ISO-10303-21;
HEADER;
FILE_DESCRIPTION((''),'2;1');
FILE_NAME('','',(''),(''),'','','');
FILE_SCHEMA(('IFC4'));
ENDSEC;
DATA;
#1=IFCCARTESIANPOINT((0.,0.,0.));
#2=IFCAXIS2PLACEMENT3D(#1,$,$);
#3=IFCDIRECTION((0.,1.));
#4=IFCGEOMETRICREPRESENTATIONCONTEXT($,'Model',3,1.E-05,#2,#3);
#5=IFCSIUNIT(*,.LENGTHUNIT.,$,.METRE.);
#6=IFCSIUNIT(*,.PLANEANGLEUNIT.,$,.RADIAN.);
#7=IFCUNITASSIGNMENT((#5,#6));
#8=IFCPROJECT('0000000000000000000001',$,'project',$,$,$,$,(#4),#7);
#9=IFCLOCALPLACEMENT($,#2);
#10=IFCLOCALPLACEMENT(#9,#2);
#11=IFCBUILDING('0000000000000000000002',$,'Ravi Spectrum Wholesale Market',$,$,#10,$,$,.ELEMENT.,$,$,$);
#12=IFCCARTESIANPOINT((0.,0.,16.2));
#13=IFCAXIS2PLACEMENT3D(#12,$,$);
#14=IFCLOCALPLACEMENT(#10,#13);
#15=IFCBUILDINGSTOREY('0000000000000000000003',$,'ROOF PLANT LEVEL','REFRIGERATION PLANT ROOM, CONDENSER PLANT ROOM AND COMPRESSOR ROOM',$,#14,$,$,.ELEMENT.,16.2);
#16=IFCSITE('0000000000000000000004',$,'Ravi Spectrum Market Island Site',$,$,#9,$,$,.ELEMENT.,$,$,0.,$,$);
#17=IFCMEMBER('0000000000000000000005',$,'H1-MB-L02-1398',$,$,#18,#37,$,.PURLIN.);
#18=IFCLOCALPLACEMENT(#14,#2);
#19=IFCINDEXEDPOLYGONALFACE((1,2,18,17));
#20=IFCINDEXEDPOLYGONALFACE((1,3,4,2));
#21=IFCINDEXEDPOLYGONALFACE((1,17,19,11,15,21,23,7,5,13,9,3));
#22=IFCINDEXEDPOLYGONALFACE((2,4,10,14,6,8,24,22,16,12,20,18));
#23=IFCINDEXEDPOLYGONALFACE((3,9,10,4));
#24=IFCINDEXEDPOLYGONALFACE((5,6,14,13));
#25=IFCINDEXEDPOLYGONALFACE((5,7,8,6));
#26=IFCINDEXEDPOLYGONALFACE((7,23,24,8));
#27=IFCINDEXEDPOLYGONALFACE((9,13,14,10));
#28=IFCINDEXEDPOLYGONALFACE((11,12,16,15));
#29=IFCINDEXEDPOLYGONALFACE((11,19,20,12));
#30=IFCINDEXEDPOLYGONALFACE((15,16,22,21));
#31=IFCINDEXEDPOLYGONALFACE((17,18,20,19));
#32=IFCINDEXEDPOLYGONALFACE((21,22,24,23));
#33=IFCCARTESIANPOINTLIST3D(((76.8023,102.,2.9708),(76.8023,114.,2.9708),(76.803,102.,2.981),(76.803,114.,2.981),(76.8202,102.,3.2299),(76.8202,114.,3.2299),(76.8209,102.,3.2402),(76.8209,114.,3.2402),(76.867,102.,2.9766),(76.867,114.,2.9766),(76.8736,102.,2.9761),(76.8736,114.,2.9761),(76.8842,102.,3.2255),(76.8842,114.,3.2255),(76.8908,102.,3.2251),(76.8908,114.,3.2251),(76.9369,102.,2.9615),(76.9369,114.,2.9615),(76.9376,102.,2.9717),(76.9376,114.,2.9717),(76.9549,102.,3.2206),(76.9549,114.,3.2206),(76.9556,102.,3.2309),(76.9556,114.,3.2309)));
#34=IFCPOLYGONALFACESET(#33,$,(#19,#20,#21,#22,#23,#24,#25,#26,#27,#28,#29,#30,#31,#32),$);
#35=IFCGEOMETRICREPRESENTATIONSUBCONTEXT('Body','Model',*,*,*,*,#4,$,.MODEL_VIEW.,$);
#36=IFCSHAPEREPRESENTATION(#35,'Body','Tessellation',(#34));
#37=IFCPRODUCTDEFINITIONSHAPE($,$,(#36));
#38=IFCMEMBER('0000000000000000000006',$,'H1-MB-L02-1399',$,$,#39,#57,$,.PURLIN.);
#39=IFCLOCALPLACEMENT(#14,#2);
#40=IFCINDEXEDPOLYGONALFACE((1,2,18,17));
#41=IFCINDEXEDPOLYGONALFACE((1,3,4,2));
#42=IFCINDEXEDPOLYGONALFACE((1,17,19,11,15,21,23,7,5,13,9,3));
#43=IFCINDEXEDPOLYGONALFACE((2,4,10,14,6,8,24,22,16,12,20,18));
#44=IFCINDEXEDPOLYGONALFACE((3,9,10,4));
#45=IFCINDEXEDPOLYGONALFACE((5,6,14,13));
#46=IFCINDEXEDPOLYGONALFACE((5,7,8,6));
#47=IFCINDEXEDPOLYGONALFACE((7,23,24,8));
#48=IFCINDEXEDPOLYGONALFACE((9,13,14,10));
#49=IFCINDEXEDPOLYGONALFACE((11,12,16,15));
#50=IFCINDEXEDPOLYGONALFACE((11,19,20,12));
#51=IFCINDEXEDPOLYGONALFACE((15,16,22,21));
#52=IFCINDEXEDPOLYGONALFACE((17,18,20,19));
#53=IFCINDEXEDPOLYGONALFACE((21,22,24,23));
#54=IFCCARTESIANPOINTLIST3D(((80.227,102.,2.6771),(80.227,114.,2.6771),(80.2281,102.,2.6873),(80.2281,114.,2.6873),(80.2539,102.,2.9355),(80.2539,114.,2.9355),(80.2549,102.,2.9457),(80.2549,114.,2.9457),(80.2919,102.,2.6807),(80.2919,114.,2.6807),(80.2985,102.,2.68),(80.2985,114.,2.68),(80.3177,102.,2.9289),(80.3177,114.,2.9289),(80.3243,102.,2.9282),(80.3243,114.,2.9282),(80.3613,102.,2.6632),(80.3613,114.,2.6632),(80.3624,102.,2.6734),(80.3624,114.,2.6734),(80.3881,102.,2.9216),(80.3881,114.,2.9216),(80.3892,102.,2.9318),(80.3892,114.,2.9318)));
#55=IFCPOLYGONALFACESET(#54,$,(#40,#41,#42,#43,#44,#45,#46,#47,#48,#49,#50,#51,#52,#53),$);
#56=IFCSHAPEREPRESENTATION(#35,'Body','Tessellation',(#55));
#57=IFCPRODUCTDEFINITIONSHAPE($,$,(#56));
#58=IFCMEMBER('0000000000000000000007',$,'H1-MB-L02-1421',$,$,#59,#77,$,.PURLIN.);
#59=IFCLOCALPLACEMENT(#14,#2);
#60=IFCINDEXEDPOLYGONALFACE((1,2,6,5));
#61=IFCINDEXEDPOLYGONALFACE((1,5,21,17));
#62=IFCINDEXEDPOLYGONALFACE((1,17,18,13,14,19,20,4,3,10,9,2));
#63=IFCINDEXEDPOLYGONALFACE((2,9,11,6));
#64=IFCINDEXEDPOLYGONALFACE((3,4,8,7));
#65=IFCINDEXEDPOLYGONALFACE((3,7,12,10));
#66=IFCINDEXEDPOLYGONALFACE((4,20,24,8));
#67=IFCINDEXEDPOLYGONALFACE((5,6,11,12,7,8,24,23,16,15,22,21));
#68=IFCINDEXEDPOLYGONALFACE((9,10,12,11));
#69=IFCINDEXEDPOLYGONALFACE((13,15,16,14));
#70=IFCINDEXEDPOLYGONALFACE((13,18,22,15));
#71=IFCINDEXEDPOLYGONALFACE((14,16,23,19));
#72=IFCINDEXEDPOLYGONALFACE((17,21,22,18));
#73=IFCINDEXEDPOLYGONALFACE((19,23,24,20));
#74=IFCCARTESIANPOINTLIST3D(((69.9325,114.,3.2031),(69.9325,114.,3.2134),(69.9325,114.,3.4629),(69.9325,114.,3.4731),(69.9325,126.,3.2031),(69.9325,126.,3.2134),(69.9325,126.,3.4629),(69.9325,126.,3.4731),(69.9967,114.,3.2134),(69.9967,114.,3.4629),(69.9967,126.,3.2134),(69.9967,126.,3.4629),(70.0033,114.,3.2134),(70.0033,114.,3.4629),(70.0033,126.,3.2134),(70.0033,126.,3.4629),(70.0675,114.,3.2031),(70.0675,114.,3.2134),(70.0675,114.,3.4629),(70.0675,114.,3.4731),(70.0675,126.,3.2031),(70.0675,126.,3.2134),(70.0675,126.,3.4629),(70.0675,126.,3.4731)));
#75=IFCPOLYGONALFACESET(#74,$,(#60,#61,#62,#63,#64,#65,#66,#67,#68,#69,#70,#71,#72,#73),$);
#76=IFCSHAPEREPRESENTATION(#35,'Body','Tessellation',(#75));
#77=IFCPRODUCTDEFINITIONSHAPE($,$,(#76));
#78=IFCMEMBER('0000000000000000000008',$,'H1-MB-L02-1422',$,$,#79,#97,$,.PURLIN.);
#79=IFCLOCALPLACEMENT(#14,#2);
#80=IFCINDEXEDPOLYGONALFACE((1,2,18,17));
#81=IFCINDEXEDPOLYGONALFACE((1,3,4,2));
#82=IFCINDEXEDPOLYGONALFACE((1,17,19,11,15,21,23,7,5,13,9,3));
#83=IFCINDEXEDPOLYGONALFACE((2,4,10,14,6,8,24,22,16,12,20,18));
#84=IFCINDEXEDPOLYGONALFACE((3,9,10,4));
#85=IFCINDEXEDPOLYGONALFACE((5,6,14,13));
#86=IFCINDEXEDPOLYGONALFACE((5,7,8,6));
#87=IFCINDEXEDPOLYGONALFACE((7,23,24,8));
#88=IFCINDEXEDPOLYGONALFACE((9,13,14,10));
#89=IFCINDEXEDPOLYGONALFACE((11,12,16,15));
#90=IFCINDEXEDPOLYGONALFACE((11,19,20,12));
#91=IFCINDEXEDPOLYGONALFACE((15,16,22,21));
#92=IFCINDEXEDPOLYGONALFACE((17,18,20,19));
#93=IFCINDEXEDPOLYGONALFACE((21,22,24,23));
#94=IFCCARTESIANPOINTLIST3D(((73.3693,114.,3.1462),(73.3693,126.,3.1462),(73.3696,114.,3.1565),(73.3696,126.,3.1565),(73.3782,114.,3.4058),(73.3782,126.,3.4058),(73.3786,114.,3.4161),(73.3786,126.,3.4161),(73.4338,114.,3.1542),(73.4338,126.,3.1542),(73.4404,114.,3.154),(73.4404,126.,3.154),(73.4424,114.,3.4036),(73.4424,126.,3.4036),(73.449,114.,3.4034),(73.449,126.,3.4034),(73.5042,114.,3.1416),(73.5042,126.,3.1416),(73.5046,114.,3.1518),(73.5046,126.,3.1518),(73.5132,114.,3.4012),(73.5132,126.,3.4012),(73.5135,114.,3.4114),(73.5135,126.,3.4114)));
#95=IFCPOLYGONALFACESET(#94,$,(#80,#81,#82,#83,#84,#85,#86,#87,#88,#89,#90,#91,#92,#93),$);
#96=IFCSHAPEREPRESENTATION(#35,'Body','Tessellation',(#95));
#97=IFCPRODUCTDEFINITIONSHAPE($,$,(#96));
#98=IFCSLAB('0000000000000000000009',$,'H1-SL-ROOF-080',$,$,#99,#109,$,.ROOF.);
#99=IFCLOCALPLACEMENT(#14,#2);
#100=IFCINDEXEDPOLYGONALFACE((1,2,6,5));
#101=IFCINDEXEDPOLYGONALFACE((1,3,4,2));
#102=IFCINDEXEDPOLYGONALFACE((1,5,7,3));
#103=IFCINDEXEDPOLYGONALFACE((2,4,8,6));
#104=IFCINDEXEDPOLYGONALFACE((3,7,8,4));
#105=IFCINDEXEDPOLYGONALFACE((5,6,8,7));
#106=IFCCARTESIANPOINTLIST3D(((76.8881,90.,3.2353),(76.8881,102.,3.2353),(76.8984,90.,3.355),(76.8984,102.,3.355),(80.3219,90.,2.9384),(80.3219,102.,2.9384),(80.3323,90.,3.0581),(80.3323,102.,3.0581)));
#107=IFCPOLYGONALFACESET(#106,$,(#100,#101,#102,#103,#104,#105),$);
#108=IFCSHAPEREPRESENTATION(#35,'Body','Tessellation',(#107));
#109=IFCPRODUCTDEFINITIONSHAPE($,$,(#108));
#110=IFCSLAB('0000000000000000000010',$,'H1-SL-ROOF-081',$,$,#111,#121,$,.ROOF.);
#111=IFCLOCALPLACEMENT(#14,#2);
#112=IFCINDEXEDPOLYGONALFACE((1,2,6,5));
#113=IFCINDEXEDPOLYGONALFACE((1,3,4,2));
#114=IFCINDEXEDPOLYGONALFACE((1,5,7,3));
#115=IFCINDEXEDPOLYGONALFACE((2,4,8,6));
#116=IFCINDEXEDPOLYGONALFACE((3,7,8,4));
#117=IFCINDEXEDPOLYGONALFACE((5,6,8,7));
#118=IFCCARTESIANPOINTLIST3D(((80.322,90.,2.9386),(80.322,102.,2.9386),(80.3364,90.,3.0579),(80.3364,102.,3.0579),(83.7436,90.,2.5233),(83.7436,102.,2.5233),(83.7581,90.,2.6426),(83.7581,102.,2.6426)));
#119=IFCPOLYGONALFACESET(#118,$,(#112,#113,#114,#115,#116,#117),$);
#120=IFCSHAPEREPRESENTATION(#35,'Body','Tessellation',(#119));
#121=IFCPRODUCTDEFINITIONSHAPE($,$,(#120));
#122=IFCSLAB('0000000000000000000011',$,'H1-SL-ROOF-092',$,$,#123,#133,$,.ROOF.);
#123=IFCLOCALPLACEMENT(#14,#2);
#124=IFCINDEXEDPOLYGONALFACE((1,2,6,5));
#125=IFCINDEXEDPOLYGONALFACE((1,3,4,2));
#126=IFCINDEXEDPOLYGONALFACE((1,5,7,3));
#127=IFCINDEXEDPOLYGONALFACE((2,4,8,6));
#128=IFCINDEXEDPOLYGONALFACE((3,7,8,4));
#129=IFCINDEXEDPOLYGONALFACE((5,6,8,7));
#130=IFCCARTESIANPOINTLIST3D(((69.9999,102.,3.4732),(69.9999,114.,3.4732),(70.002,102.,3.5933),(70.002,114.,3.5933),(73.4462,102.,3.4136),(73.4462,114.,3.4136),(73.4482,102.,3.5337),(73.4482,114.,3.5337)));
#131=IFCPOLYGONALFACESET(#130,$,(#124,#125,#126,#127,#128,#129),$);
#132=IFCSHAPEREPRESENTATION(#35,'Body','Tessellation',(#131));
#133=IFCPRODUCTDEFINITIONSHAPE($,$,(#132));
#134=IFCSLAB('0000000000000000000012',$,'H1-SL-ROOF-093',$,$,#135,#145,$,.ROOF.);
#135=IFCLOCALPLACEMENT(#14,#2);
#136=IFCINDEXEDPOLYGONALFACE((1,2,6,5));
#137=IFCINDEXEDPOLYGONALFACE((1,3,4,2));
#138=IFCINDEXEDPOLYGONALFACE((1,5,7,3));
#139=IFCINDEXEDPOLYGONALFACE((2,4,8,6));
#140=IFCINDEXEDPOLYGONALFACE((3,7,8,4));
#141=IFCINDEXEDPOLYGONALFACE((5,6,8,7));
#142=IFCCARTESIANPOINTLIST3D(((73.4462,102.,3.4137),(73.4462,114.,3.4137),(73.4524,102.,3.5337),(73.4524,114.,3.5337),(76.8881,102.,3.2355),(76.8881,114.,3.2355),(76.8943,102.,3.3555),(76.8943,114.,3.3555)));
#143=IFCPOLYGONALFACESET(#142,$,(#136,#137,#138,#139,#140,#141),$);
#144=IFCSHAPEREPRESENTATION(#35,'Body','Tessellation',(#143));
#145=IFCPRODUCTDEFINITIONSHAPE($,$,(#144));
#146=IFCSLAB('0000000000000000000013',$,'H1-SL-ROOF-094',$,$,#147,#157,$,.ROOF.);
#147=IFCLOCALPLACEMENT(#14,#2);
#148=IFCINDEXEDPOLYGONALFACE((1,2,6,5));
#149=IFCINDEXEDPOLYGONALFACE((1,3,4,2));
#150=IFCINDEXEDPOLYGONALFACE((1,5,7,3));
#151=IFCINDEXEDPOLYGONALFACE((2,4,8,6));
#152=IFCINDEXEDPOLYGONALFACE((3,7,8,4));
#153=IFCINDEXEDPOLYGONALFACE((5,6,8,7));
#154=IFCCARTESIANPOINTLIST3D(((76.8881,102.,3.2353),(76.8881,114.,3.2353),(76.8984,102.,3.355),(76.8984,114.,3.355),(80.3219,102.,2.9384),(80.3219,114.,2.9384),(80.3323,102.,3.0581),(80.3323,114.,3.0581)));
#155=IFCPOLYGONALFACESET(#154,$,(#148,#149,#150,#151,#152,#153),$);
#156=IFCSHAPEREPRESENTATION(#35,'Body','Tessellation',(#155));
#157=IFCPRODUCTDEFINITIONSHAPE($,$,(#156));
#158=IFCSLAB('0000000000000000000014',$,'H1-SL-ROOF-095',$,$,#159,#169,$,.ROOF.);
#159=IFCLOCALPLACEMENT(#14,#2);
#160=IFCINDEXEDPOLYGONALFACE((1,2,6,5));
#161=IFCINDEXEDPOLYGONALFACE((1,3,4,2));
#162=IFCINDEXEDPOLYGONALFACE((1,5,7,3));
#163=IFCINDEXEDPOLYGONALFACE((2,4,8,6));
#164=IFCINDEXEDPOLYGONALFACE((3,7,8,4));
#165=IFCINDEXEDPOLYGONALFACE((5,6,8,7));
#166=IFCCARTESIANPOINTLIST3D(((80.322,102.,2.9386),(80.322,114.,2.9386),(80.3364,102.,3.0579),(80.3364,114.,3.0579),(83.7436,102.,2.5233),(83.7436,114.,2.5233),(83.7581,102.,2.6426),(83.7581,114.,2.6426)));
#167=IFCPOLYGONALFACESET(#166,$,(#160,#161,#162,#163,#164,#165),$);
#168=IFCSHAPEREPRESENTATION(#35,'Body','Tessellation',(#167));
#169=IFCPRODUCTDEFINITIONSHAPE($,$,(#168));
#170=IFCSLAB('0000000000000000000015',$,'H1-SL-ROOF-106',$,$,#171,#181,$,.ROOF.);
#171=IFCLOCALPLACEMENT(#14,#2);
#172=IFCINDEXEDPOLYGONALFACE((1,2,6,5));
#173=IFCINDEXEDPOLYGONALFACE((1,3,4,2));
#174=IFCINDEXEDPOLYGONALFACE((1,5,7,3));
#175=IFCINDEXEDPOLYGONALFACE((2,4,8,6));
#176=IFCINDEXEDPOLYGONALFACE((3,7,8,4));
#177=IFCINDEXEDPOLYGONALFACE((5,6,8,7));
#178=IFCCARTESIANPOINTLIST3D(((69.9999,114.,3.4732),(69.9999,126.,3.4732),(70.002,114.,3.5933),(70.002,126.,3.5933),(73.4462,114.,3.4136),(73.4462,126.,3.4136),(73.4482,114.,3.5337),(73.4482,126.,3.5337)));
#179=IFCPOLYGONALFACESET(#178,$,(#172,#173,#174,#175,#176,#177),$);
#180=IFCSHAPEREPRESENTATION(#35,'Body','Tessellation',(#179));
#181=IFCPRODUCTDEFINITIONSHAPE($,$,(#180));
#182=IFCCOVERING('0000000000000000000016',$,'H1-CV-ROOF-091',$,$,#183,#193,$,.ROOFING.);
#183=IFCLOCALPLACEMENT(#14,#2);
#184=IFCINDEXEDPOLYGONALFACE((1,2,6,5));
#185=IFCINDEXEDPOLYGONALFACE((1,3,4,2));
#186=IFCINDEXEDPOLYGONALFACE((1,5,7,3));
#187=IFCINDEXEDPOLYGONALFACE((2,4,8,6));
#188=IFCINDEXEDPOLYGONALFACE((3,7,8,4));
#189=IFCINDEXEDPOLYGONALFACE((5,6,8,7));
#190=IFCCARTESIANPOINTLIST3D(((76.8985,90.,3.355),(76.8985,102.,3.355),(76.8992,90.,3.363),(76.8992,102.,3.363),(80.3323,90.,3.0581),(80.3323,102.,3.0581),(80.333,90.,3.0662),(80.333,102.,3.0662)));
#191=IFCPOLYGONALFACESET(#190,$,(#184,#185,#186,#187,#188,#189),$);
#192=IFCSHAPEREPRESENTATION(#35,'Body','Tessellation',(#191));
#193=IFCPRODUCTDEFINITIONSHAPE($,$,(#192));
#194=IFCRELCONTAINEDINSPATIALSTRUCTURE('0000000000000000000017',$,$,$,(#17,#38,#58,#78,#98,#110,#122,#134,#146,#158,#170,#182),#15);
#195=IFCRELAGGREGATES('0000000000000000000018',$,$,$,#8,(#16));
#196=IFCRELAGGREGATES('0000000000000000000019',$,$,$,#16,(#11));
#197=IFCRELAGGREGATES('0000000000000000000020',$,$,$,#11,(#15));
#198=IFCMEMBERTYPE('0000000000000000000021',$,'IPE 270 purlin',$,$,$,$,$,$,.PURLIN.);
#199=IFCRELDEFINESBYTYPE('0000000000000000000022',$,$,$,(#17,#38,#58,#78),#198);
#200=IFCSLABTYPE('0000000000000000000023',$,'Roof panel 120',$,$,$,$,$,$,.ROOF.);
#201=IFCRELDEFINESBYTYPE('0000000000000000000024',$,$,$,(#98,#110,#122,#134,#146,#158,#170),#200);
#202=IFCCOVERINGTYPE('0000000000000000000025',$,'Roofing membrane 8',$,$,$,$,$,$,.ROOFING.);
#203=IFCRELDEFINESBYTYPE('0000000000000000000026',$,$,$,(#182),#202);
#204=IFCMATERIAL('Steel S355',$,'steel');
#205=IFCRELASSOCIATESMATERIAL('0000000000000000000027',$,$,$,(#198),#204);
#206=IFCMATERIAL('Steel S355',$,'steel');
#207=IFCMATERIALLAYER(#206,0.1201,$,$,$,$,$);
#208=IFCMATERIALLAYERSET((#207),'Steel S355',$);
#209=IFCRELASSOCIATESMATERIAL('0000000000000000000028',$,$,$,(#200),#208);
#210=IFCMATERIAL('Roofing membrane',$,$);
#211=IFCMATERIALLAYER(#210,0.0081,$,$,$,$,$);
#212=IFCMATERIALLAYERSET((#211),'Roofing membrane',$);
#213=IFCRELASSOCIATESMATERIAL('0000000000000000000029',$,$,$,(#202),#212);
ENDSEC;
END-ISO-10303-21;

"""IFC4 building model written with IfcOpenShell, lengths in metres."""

from ifc_helpers import new_model, si_unit, direction, frame, origin, origin_2d, place, context, subcontext, project, spatial, polyline, i_section, outline, extrude, material, layer, layer_set, material_profile, profile_set, type_object, element, save


model = new_model("IFC4")

# Units and contexts
model_context = context("Model", 3, precision=1e-05, world=origin(), true_north=direction((0.0, 1.0)))
body_context = subcontext(model_context, "Body", "Model", "MODEL_VIEW")
ifc_project = project(units=[si_unit("LENGTHUNIT", "METRE"), si_unit("PLANEANGLEUNIT", "RADIAN")], contexts=[model_context])

# Site, building, storey
site_placement = place(None, origin())
site = spatial("IfcSite", under=ifc_project, at=site_placement, Name="Ravi Spectrum Market Island Site", CompositionType="ELEMENT", RefElevation=0.0)
building_placement = place(site_placement, origin())
building = spatial("IfcBuilding", under=site, at=building_placement, Name="Ravi Spectrum Wholesale Market", CompositionType="ELEMENT")
storey_placement = place(building_placement, frame((0.0, 0.0, 16.2)))
storey = spatial("IfcBuildingStorey", under=building, at=storey_placement, Name="ROOF PLANT LEVEL", Description="REFRIGERATION PLANT ROOM, CONDENSER PLANT ROOM AND COMPRESSOR ROOM", CompositionType="ELEMENT", Elevation=16.2)

# Members
ifc_material_1 = material(Name="Steel S355", Category="steel")
ifc_material_profile_1 = material_profile(ifc_material_1, i_section(OverallWidth=0.135, OverallDepth=0.27, WebThickness=0.0066, FlangeThickness=0.0103, at=origin_2d()))
ifc_profile_set_1 = profile_set([ifc_material_profile_1], Name="Steel S355")
member_type_1 = type_object("IfcMemberType", Name="IPE 270 purlin", PredefinedType="PURLIN", material=ifc_profile_set_1)
for number, where, z_axis, x_axis, name in (
    (1, (76.8789, 102.0, 3.1008), (0.0, 1.0, 0.0), (-0.997621, 0.0, 0.068943), "H1-MB-L02-1398"),
    (2, (80.3081, 102.0, 2.8044), (0.0, 1.0, 0.0), (-0.994649, 0.0, 0.103311), "H1-MB-L02-1399"),
    (3, (70.0, 114.0, 3.3381), (0.0, 1.0, 0.0), (-1.0, 0.0, 0.0), "H1-MB-L02-1421"),
    (4, (73.4414, 114.0, 3.2788), (0.0, 1.0, 0.0), (-0.999405, 0.0, 0.034492), "H1-MB-L02-1422"),
):
    element("IfcMember", number, at=place(storey_placement, frame(where, z_axis=z_axis, x_axis=x_axis)), inside=storey, type_object=member_type_1, Name=name, PredefinedType="PURLIN", context=body_context, shape_type="SweptSolid", body=[
        extrude(i_section(OverallWidth=0.135, OverallDepth=0.27, WebThickness=0.0066, FlangeThickness=0.0103, at=origin_2d()), origin(), (0.0, 0.0, 1.0), 12.0),
    ])

# Slabs
ifc_material_2 = material(Name="Steel S355", Category="steel")
ifc_layer_1 = layer(ifc_material_2, 0.1201)
ifc_layer_set_1 = layer_set([ifc_layer_1], Name="Steel S355")
slab_type = type_object("IfcSlabType", Name="Roof panel 120", PredefinedType="ROOF", material=ifc_layer_set_1)
slab_1_placement = place(storey_placement, frame((76.8984, 90.0, 3.355), z_axis=(0.086134, 0.0, 0.996284), x_axis=(0.996284, 0.0, -0.086134)))
element("IfcSlab", 5, at=slab_1_placement, inside=storey, type_object=slab_type, Name="H1-SL-ROOF-080", PredefinedType="ROOF", context=body_context, shape_type="SweptSolid", body=[
    extrude(outline(polyline([(0.0, 0.0), (3.4466, 0.0), (3.4466, 12.0), (0.0, 12.0), (0.0, 0.0)])), origin(), (0.0, 0.0, -1.0), 0.1201),
])
slab_2_placement = place(storey_placement, frame((80.3364, 90.0, 3.0579), z_axis=(0.120486, 0.0, 0.992715), x_axis=(0.992715, 0.0, -0.120486)))
element("IfcSlab", 6, at=slab_2_placement, inside=storey, type_object=slab_type, Name="H1-SL-ROOF-081", PredefinedType="ROOF", context=body_context, shape_type="SweptSolid", body=[
    extrude(outline(polyline([(0.0, 0.0), (3.4467, 0.0), (3.4467, 12.0), (0.0, 12.0), (0.0, 0.0)])), origin(), (0.0, 0.0, -1.0), 0.1201),
])
slab_3_placement = place(storey_placement, frame((70.002, 102.0, 3.5933), z_axis=(0.017283, 0.0, 0.999851), x_axis=(0.999851, 0.0, -0.017283)))
element("IfcSlab", 7, at=slab_3_placement, inside=storey, type_object=slab_type, Name="H1-SL-ROOF-092", PredefinedType="ROOF", context=body_context, shape_type="SweptSolid", body=[
    extrude(outline(polyline([(0.0, 0.0), (3.4468, 0.0), (3.4468, 12.0), (0.0, 12.0), (0.0, 0.0)])), origin(), (0.0, 0.0, -1.0), 0.1201),
])
slab_4_placement = place(storey_placement, frame((73.4524, 102.0, 3.5337), z_axis=(0.051711, 0.0, 0.998662), x_axis=(0.998662, 0.0, -0.051711)))
element("IfcSlab", 8, at=slab_4_placement, inside=storey, type_object=slab_type, Name="H1-SL-ROOF-093", PredefinedType="ROOF", context=body_context, shape_type="SweptSolid", body=[
    extrude(outline(polyline([(0.0, 0.0), (3.4465, 0.0), (3.4465, 12.0), (0.0, 12.0), (0.0, 0.0)])), origin(), (0.0, 0.0, -1.0), 0.1201),
])
slab_5_placement = place(storey_placement, frame((76.8984, 102.0, 3.355), z_axis=(0.086134, 0.0, 0.996284), x_axis=(0.996284, 0.0, -0.086134)))
element("IfcSlab", 9, at=slab_5_placement, inside=storey, type_object=slab_type, Name="H1-SL-ROOF-094", PredefinedType="ROOF", context=body_context, shape_type="SweptSolid", body=[
    extrude(outline(polyline([(0.0, 0.0), (3.4466, 0.0), (3.4466, 12.0), (0.0, 12.0), (0.0, 0.0)])), origin(), (0.0, 0.0, -1.0), 0.1201),
])
slab_6_placement = place(storey_placement, frame((80.3364, 102.0, 3.0579), z_axis=(0.120486, 0.0, 0.992715), x_axis=(0.992715, 0.0, -0.120486)))
element("IfcSlab", 10, at=slab_6_placement, inside=storey, type_object=slab_type, Name="H1-SL-ROOF-095", PredefinedType="ROOF", context=body_context, shape_type="SweptSolid", body=[
    extrude(outline(polyline([(0.0, 0.0), (3.4467, 0.0), (3.4467, 12.0), (0.0, 12.0), (0.0, 0.0)])), origin(), (0.0, 0.0, -1.0), 0.1201),
])
slab_7_placement = place(storey_placement, frame((70.002, 114.0, 3.5933), z_axis=(0.017283, 0.0, 0.999851), x_axis=(0.999851, 0.0, -0.017283)))
element("IfcSlab", 11, at=slab_7_placement, inside=storey, type_object=slab_type, Name="H1-SL-ROOF-106", PredefinedType="ROOF", context=body_context, shape_type="SweptSolid", body=[
    extrude(outline(polyline([(0.0, 0.0), (3.4468, 0.0), (3.4468, 12.0), (0.0, 12.0), (0.0, 0.0)])), origin(), (0.0, 0.0, -1.0), 0.1201),
])

# Covering
ifc_material_3 = material(Name="Roofing membrane")
ifc_layer_2 = layer(ifc_material_3, 0.0081)
ifc_layer_set_2 = layer_set([ifc_layer_2], Name="Roofing membrane")
covering_type = type_object("IfcCoveringType", Name="Roofing membrane 8", PredefinedType="ROOFING", material=ifc_layer_set_2)
covering_1_placement = place(storey_placement, frame((76.8992, 90.0, 3.363), z_axis=(0.086134, 0.0, 0.996284), x_axis=(0.996284, 0.0, -0.086134)))
element("IfcCovering", 12, at=covering_1_placement, inside=storey, type_object=covering_type, Name="H1-CV-ROOF-091", PredefinedType="ROOFING", context=body_context, shape_type="SweptSolid", body=[
    extrude(outline(polyline([(0.0, 0.0), (3.4466, 0.0), (3.4466, 12.0), (0.0, 12.0), (0.0, 0.0)])), origin(), (0.0, 0.0, -1.0), 0.0081),
])

save(model, "model.ifc")
